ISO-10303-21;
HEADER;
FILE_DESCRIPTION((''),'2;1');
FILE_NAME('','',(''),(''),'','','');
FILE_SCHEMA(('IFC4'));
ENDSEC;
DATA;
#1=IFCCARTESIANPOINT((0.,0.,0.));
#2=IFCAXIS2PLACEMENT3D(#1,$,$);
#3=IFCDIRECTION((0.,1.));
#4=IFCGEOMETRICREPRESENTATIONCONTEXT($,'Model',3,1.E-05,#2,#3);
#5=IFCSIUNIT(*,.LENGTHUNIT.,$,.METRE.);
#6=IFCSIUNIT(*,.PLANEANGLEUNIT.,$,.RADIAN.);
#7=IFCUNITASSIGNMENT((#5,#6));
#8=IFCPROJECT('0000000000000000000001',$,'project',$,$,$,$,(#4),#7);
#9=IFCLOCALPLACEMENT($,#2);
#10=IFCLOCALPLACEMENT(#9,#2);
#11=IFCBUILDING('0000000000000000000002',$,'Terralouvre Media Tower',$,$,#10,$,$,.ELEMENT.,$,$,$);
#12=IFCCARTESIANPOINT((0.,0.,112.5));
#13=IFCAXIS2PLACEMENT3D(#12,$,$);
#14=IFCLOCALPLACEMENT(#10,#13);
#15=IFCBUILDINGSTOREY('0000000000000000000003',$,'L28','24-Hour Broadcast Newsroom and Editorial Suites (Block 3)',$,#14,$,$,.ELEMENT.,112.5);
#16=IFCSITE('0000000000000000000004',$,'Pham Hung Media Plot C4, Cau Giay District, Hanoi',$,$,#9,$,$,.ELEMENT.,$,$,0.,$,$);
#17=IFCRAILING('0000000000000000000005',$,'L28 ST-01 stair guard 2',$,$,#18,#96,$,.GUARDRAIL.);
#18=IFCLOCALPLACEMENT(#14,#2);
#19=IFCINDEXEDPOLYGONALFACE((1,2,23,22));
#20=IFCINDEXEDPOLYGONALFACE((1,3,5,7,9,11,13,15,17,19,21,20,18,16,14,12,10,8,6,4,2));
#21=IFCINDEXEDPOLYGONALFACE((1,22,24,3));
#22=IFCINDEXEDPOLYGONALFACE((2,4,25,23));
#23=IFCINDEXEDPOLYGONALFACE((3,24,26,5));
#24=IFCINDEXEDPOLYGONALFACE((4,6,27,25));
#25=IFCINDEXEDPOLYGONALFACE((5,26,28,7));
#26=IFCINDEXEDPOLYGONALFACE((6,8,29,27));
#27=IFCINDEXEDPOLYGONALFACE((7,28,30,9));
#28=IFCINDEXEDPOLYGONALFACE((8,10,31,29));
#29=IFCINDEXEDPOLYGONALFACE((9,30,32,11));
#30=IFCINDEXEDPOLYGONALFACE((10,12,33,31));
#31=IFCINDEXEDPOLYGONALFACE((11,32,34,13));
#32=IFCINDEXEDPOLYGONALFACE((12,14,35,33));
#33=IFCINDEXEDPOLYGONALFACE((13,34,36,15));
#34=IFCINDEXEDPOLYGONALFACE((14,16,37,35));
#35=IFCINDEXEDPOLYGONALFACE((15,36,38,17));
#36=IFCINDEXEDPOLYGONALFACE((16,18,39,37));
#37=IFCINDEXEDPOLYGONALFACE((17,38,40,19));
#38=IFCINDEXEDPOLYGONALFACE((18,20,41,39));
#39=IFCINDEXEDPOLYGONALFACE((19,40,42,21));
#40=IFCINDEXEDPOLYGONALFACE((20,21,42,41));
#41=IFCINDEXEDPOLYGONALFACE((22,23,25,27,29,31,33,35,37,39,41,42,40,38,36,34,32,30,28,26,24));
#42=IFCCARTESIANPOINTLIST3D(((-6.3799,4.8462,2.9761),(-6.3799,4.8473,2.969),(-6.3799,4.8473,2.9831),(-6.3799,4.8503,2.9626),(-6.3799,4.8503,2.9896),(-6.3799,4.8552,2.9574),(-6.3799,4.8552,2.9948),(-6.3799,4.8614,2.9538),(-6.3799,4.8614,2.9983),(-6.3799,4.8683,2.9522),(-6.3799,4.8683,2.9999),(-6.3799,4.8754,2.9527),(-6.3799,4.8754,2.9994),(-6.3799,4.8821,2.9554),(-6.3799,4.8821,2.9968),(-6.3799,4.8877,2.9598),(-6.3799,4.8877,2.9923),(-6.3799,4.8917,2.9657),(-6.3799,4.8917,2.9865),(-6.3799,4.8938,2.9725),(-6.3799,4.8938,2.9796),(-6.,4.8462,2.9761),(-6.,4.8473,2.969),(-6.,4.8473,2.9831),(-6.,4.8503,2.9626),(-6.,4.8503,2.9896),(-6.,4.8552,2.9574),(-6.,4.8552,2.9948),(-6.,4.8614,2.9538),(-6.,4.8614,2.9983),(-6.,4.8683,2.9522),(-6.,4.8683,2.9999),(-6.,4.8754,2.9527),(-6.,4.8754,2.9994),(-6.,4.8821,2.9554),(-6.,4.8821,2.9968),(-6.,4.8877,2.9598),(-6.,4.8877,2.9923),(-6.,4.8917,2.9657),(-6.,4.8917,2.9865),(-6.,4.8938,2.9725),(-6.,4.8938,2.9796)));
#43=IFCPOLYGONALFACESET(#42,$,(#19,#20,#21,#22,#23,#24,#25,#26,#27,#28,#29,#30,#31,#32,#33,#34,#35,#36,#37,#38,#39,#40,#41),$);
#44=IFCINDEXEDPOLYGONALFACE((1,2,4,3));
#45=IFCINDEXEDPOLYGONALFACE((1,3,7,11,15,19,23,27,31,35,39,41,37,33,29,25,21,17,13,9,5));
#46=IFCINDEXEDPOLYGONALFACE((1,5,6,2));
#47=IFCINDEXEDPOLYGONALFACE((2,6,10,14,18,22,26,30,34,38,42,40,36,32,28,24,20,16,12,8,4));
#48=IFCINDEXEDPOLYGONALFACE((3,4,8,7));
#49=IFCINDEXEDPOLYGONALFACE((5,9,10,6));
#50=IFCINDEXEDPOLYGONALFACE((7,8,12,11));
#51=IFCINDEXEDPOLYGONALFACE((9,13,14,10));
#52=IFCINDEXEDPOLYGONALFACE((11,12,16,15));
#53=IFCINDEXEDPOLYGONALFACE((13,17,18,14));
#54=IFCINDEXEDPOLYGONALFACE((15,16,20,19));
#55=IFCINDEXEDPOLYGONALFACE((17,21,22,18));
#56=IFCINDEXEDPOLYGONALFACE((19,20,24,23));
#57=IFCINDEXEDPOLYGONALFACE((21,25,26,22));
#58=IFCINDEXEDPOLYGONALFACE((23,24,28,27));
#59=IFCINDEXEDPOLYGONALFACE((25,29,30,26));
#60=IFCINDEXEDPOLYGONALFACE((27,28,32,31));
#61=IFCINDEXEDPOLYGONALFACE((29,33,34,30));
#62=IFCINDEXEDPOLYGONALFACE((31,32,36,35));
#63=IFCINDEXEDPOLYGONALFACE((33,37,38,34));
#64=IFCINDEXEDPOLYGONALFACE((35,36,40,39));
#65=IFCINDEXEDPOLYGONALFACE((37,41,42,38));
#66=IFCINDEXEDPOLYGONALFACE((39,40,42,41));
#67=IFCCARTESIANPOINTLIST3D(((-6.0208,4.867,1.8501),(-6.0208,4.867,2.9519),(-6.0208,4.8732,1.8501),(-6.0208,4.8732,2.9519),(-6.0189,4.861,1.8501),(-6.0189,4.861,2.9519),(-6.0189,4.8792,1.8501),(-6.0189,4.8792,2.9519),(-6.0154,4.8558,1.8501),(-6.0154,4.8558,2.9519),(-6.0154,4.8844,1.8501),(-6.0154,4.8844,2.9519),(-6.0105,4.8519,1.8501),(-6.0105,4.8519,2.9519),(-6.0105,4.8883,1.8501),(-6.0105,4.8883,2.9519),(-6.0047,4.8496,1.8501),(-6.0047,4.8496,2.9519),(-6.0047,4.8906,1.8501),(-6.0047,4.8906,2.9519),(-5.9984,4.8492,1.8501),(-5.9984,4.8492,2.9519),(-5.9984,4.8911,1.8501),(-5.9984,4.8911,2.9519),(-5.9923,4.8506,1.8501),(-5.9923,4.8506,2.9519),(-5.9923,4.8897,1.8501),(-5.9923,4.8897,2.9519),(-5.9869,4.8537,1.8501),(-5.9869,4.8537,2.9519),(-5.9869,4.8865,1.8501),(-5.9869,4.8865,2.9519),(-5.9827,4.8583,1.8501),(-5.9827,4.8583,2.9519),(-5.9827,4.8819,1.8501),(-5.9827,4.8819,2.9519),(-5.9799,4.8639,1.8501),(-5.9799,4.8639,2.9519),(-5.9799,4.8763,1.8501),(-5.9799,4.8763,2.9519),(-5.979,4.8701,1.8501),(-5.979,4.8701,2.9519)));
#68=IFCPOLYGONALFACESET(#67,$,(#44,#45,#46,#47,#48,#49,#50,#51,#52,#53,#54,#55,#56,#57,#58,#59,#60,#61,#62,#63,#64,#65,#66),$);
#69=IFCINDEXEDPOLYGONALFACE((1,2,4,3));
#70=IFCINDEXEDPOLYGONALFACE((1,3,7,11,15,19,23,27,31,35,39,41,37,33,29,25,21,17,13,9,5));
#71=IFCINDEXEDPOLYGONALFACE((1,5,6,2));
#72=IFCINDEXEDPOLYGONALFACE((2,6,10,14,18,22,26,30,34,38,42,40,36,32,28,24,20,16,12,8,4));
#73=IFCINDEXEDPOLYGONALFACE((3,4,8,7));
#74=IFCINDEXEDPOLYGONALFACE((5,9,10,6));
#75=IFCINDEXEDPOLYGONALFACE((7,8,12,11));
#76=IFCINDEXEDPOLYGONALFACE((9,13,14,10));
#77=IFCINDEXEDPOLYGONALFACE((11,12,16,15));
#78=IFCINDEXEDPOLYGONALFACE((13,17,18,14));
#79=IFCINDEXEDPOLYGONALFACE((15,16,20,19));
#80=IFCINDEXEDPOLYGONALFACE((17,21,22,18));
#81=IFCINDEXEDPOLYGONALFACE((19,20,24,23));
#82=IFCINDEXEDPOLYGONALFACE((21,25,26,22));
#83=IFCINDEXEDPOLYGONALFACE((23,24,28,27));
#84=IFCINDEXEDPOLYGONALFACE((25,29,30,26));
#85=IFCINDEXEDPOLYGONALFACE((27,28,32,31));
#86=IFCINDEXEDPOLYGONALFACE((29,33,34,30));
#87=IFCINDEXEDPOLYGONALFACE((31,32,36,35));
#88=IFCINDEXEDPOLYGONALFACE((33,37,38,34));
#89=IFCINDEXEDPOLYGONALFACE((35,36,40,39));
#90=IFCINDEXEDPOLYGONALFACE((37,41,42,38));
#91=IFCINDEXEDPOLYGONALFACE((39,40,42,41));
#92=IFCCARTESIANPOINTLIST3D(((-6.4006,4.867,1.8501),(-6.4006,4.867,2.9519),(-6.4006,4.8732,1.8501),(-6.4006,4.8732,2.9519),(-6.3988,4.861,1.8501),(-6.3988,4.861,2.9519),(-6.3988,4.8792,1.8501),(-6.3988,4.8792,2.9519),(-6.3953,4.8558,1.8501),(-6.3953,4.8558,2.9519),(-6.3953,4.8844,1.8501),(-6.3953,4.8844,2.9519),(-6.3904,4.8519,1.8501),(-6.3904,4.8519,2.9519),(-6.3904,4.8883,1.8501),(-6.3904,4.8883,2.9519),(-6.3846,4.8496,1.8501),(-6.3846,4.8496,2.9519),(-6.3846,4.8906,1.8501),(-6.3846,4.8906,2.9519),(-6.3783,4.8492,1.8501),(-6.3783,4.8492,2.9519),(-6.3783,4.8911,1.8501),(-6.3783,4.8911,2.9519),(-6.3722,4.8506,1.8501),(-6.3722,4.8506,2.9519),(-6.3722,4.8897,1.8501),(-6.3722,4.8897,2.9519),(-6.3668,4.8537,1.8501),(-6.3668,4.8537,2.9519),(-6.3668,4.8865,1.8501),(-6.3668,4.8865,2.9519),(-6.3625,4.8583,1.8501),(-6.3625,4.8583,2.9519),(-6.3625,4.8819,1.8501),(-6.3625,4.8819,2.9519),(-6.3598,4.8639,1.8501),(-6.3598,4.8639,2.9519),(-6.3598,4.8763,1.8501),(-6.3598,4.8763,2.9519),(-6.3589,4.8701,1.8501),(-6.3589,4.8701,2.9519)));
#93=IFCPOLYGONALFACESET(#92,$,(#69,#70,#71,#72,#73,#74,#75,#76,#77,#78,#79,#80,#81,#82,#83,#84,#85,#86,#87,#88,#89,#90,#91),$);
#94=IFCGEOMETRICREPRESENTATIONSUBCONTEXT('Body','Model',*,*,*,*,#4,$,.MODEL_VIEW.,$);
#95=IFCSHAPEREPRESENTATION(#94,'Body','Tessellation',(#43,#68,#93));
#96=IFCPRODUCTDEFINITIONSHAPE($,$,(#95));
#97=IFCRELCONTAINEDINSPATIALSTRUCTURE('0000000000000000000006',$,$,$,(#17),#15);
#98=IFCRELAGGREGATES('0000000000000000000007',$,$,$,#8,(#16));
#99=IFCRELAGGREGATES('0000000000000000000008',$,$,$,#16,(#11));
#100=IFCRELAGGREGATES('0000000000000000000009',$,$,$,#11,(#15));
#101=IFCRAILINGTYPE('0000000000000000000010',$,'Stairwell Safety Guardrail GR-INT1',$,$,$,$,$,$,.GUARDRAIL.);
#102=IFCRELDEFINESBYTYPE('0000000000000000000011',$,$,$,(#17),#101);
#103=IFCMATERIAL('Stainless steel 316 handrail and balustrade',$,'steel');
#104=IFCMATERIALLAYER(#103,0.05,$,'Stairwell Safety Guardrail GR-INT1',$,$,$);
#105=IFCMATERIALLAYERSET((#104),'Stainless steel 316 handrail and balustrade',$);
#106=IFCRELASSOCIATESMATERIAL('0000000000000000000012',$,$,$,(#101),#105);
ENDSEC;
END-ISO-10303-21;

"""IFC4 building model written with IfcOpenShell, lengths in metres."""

from ifc_helpers import new_model, si_unit, direction, frame, origin, origin_2d, place, context, subcontext, project, spatial, circle, extrude, material, layer, layer_set, type_object, element, save


model = new_model("IFC4")

# Units and contexts
model_context = context("Model", 3, precision=1e-05, world=origin(), true_north=direction((0.0, 1.0)))
body_context = subcontext(model_context, "Body", "Model", "MODEL_VIEW")
ifc_project = project(units=[si_unit("LENGTHUNIT", "METRE"), si_unit("PLANEANGLEUNIT", "RADIAN")], contexts=[model_context])

# Site, building, storey
site_placement = place(None, origin())
site = spatial("IfcSite", under=ifc_project, at=site_placement, Name="Pham Hung Media Plot C4, Cau Giay District, Hanoi", CompositionType="ELEMENT", RefElevation=0.0)
building_placement = place(site_placement, origin())
building = spatial("IfcBuilding", under=site, at=building_placement, Name="Terralouvre Media Tower", CompositionType="ELEMENT")
storey_placement = place(building_placement, frame((0.0, 0.0, 112.5)))
storey = spatial("IfcBuildingStorey", under=building, at=storey_placement, Name="L28", Description="24-Hour Broadcast Newsroom and Editorial Suites (Block 3)", CompositionType="ELEMENT", Elevation=112.5)

# Railing
ifc_material_1 = material(Name="Stainless steel 316 handrail and balustrade", Category="steel")
ifc_layer_1 = layer(ifc_material_1, 0.05, Name="Stairwell Safety Guardrail GR-INT1")
ifc_layer_set_1 = layer_set([ifc_layer_1], Name="Stainless steel 316 handrail and balustrade")
railing_type_1 = type_object("IfcRailingType", Name="Stairwell Safety Guardrail GR-INT1", PredefinedType="GUARDRAIL", material=ifc_layer_set_1)
railing_1_placement = place(storey_placement, frame((-6.0, 4.8701, 1.8501)))
element("IfcRailing", 1, at=railing_1_placement, inside=storey, type_object=railing_type_1, Name="L28 ST-01 stair guard 2", PredefinedType="GUARDRAIL", context=body_context, shape_type="SweptSolid", body=[
    extrude(circle(Radius=0.0239, at=origin_2d()), frame((0.0, 0.0, 1.126), z_axis=(-1.0, 0.0, 0.0), x_axis=(0.0, -1.0, 0.0)), (0.0, 0.0, 1.0), 0.3799),
    extrude(circle(Radius=0.021, at=origin_2d()), origin(), (0.0, 0.0, 1.0), 1.1018),
    extrude(circle(Radius=0.021, at=origin_2d()), frame((-0.3799, 0.0, 0.0)), (0.0, 0.0, 1.0), 1.1018),
])

save(model, "model.ifc")
